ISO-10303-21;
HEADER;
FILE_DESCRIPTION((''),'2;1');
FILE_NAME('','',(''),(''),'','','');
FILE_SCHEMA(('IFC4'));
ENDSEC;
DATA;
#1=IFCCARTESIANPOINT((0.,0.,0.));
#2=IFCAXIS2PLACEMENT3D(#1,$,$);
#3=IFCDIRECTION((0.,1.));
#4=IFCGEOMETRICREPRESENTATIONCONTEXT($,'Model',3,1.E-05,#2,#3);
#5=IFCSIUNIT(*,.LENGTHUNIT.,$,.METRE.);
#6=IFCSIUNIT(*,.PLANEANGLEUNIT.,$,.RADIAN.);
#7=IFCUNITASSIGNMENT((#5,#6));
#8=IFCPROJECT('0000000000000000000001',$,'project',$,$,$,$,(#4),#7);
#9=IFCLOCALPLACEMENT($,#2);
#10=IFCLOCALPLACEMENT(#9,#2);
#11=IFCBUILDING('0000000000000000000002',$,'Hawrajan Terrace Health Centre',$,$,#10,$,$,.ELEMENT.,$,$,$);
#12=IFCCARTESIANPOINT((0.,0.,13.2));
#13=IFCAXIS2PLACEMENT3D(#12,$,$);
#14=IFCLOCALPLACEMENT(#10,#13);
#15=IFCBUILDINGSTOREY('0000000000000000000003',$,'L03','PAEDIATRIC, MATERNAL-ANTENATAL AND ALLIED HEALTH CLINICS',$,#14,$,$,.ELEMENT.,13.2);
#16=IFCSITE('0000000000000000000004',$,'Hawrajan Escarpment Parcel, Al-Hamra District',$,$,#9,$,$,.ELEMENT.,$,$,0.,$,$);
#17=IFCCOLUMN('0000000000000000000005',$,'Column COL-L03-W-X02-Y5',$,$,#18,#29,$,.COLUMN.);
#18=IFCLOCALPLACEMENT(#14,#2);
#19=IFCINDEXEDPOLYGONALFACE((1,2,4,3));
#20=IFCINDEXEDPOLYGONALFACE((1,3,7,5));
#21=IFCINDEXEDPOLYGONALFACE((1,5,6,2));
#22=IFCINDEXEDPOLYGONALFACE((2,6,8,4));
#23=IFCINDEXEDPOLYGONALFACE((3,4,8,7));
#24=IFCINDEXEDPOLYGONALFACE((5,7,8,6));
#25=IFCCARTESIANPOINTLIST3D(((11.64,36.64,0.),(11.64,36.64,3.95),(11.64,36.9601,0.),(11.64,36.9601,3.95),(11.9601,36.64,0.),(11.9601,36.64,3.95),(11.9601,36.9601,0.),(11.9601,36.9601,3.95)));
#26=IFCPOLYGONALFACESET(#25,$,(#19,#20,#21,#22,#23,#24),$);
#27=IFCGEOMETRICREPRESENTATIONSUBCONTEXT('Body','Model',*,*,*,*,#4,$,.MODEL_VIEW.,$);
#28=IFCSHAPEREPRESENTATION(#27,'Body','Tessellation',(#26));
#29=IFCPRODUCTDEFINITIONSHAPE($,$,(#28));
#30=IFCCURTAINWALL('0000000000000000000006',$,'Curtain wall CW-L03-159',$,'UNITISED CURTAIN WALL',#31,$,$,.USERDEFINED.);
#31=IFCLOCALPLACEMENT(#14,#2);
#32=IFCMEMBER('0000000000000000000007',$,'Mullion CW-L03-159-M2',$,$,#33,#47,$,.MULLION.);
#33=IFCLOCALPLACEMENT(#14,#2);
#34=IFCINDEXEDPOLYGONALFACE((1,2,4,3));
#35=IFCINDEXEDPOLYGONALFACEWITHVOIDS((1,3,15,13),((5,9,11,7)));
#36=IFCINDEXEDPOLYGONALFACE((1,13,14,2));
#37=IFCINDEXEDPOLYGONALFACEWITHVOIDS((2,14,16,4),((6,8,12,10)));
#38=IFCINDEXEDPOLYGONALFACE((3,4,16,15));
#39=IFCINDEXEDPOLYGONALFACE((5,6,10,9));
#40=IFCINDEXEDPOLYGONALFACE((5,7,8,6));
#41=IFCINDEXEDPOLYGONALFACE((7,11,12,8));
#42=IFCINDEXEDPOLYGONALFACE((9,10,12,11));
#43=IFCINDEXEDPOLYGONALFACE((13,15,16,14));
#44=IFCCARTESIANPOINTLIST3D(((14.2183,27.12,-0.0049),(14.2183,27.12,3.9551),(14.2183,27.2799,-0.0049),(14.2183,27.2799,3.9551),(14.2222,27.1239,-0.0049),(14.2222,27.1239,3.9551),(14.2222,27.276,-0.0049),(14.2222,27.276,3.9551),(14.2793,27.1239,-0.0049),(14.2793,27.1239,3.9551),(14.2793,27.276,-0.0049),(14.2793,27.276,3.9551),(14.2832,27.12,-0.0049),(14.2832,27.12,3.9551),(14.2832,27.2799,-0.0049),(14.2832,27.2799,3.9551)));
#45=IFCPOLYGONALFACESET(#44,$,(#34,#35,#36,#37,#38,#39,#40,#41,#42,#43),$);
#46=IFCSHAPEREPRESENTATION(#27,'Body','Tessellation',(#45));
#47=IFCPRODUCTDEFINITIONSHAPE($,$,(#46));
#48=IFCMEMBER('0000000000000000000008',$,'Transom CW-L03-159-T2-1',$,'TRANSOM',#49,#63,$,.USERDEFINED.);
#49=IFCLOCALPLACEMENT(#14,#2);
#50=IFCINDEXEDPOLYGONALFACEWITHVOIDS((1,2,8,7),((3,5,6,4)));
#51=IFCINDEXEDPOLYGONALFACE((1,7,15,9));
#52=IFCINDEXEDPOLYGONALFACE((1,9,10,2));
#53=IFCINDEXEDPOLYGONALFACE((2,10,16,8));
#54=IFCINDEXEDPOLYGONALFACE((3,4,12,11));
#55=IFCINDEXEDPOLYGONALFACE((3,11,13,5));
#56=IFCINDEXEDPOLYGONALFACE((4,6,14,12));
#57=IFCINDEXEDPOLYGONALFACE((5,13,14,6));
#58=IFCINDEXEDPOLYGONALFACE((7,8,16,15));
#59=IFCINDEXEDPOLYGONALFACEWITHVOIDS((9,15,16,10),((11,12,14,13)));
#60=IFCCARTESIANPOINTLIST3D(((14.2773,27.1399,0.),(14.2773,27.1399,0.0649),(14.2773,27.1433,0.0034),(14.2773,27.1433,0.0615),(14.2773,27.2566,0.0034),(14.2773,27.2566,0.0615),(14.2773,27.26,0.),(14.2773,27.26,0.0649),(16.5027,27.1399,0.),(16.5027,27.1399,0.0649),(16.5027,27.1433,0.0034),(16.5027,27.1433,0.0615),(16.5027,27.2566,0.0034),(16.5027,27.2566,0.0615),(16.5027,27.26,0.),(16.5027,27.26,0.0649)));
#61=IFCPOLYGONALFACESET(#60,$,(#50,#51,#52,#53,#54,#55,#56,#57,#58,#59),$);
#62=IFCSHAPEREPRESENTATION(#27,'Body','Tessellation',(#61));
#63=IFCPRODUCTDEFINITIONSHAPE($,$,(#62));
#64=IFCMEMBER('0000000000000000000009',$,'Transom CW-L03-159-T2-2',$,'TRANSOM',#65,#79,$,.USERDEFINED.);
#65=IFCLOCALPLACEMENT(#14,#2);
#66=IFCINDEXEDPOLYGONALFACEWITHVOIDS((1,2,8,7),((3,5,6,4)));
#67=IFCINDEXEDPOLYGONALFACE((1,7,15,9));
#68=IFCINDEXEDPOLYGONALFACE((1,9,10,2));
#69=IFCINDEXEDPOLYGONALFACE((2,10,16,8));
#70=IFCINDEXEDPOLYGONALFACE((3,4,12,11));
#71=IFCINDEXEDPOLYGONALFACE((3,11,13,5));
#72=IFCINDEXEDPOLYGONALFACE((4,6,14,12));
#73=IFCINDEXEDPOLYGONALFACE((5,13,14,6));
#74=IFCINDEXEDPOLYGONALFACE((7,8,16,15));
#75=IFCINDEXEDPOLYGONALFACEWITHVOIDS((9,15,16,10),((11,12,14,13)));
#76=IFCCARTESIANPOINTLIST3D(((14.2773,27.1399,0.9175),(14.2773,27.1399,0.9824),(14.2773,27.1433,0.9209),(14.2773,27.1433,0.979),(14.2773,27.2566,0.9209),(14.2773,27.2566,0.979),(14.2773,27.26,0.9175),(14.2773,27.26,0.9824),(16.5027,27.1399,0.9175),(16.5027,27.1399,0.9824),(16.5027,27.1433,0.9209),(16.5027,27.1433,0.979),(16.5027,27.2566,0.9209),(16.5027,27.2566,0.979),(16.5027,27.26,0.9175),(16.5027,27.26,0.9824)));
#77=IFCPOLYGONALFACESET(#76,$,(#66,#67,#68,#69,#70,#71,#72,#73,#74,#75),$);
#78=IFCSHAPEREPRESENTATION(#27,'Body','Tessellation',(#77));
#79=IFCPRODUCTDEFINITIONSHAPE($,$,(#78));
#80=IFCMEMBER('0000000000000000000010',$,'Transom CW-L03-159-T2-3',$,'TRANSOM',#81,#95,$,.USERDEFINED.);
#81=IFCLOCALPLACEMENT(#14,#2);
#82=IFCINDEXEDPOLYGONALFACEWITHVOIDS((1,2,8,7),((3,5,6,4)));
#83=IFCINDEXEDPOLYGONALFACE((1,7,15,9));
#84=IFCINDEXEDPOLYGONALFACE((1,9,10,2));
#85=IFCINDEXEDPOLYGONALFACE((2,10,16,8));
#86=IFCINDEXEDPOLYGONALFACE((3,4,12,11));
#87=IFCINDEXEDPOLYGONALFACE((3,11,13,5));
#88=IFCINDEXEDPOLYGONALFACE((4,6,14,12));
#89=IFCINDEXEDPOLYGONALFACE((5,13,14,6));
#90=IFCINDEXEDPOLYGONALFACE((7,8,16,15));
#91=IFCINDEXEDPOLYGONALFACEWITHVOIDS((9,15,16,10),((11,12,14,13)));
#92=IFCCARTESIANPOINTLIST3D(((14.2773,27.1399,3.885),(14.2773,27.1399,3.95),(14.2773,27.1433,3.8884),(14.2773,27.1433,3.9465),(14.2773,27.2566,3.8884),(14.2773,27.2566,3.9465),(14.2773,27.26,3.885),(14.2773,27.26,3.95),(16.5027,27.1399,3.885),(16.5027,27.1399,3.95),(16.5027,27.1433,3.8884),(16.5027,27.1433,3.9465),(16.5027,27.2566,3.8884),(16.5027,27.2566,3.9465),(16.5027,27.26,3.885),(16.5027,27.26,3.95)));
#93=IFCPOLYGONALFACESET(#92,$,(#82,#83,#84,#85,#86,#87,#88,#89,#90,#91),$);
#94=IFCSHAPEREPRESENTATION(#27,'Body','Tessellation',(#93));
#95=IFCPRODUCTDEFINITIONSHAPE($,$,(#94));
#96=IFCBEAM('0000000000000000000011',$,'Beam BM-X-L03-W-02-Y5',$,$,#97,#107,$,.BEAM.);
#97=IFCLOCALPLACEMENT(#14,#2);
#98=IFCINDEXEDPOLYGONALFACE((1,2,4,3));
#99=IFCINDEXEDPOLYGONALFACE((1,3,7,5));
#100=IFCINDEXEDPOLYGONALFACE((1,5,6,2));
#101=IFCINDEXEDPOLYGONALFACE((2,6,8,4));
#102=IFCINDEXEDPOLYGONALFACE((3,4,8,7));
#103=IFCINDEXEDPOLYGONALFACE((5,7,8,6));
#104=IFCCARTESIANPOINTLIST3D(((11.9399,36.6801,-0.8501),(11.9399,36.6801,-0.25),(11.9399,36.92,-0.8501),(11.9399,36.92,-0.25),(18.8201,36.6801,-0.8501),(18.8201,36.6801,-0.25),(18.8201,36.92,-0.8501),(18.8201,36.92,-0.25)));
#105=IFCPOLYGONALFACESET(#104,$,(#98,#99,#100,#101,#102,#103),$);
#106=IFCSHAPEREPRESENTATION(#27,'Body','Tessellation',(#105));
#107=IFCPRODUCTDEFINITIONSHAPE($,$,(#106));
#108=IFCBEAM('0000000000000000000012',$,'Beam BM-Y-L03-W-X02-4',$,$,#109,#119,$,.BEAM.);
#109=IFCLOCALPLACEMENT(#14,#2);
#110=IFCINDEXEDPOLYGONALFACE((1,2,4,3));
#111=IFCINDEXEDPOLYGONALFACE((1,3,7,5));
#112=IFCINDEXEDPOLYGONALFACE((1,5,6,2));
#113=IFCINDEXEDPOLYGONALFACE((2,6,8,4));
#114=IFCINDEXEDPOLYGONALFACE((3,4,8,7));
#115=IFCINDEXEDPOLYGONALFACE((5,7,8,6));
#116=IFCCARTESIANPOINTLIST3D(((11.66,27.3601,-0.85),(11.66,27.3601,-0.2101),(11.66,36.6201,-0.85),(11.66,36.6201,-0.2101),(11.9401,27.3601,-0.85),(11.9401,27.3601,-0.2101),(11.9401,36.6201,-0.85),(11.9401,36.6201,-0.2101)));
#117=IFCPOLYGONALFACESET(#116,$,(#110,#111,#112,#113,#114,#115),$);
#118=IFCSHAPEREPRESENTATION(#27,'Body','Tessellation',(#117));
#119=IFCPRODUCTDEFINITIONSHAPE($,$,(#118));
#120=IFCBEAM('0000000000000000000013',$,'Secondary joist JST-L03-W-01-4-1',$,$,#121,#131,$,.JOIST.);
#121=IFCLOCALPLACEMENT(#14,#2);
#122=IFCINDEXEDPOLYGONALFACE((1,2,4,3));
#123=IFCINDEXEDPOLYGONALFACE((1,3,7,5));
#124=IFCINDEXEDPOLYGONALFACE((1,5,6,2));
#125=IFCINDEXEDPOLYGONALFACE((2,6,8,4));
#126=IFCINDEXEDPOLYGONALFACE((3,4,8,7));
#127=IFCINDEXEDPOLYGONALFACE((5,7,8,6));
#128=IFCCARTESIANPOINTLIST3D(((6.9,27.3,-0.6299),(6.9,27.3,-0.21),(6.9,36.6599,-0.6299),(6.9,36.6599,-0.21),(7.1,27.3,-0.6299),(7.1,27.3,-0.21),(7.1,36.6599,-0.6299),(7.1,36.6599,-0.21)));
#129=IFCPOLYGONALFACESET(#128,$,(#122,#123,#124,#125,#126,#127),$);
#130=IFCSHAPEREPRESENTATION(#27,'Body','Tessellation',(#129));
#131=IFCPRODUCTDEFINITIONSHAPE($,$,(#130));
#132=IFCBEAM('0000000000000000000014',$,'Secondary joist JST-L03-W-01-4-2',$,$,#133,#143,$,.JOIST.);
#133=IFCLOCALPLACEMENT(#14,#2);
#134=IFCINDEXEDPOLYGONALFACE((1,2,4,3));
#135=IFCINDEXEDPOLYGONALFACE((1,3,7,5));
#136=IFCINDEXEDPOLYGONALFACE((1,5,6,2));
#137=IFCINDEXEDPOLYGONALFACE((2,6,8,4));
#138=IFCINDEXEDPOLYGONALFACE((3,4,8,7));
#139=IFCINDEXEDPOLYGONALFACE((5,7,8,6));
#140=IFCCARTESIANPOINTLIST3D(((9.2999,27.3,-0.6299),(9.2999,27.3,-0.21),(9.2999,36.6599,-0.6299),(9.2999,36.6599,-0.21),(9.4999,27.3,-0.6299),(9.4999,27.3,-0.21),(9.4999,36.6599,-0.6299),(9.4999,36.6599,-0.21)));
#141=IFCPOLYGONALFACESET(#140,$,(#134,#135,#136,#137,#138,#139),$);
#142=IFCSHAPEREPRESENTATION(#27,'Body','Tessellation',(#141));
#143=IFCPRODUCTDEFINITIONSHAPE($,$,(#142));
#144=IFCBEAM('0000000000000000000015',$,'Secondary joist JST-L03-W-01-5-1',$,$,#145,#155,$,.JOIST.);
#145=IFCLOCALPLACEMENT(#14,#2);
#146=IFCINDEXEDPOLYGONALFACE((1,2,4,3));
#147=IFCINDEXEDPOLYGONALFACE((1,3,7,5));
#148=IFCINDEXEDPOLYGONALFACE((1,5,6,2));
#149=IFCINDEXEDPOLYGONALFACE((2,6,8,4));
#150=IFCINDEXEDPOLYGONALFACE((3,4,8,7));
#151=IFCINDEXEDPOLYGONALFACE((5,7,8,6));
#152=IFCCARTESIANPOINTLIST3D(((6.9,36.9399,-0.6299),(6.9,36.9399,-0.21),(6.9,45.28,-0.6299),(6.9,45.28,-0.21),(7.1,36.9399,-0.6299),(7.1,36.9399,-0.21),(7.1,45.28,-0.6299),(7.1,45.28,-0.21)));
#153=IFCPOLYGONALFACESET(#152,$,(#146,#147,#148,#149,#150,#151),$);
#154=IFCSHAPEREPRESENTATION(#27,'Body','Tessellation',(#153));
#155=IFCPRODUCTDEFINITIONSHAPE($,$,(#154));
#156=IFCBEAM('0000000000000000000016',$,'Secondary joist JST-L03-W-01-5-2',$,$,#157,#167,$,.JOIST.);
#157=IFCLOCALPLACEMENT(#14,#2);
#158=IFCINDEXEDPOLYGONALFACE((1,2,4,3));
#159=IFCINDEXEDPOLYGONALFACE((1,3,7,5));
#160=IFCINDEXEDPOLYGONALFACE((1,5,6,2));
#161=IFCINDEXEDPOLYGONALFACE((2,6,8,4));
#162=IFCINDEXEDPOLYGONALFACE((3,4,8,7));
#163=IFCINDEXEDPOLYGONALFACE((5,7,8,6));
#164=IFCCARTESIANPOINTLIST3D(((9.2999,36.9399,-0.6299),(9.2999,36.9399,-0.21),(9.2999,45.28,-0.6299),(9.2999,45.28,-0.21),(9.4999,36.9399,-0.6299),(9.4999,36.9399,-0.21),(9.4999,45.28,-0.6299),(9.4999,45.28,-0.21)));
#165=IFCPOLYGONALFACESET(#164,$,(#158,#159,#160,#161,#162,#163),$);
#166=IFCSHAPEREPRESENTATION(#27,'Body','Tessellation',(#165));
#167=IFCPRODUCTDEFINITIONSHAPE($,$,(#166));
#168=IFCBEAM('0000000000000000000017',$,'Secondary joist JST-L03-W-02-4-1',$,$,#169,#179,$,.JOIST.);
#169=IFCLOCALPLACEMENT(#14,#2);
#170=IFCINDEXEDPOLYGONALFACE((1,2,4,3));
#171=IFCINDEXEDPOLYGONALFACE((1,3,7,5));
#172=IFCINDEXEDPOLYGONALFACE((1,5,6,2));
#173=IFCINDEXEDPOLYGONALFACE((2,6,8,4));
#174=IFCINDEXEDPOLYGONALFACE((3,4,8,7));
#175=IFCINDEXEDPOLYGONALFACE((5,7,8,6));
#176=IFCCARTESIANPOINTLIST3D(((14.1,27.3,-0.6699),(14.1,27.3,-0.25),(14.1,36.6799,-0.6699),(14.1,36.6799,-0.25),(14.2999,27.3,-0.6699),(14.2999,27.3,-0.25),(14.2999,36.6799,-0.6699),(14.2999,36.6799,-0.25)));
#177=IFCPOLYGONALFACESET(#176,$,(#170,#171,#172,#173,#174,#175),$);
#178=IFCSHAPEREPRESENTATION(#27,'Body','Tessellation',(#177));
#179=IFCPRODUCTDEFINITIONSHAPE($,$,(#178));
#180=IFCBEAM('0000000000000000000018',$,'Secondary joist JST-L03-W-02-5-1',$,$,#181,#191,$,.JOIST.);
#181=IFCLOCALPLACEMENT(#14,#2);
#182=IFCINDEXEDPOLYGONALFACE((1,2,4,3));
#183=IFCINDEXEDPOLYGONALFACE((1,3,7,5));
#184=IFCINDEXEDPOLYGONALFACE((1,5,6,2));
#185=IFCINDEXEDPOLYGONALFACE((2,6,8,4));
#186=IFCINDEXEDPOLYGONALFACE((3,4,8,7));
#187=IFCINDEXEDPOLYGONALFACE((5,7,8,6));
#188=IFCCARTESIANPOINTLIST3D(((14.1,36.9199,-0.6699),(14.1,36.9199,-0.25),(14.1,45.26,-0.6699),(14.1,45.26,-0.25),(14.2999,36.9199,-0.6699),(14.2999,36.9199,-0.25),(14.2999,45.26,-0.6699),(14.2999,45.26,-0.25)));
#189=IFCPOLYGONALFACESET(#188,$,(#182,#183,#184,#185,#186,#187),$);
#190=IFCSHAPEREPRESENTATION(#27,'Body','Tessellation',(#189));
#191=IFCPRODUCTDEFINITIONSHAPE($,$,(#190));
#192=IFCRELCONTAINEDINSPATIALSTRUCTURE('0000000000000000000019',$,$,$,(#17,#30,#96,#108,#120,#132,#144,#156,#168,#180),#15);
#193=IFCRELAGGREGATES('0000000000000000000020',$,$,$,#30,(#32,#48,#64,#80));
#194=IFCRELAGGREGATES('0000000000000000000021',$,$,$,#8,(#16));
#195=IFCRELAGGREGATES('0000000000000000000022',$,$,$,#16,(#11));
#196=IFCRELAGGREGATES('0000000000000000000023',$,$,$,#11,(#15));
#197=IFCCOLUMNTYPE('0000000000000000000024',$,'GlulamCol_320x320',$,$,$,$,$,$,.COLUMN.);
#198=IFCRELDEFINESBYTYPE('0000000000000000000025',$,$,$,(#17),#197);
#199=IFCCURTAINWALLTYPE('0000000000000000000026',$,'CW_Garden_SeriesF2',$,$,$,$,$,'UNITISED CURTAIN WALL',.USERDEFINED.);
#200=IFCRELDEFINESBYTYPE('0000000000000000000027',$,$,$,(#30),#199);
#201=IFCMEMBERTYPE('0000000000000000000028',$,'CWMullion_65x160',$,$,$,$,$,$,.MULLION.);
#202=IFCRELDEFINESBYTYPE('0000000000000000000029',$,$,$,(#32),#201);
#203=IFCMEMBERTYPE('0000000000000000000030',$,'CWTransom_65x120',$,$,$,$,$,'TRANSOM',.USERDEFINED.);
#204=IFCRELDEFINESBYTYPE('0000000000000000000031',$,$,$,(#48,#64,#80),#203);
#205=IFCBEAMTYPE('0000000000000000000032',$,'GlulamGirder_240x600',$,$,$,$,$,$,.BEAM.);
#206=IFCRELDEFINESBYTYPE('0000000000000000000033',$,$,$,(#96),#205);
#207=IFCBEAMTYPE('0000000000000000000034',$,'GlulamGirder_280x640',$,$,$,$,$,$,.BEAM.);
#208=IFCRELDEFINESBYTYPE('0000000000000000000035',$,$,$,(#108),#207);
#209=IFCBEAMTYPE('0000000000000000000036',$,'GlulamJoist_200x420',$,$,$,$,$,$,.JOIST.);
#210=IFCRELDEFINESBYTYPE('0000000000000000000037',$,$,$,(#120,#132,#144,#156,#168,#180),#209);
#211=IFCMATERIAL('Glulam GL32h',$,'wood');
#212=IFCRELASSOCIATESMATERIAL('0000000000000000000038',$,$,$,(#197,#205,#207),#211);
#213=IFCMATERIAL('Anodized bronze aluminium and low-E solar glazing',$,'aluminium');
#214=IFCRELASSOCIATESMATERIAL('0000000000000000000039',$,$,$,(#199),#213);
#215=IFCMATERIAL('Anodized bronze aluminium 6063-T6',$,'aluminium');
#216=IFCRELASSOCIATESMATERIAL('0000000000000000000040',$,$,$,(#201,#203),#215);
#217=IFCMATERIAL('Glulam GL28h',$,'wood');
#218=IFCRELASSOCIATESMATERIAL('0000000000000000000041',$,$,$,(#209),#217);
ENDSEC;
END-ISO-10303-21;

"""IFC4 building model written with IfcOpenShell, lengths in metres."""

from ifc_helpers import new_model, si_unit, direction, frame, origin, origin_2d, place, context, subcontext, project, spatial, rectangle, hollow_rectangle, extrude, material, material_profile, profile_set, type_object, element, aggregate, save


model = new_model("IFC4")

# Units and contexts
model_context = context("Model", 3, precision=1e-05, world=origin(), true_north=direction((0.0, 1.0)))
body_context = subcontext(model_context, "Body", "Model", "MODEL_VIEW")
ifc_project = project(units=[si_unit("LENGTHUNIT", "METRE"), si_unit("PLANEANGLEUNIT", "RADIAN")], contexts=[model_context])

# Site, building, storey
site_placement = place(None, origin())
site = spatial("IfcSite", under=ifc_project, at=site_placement, Name="Hawrajan Escarpment Parcel, Al-Hamra District", CompositionType="ELEMENT", RefElevation=0.0)
building_placement = place(site_placement, origin())
building = spatial("IfcBuilding", under=site, at=building_placement, Name="Hawrajan Terrace Health Centre", CompositionType="ELEMENT")
storey_placement = place(building_placement, frame((0.0, 0.0, 13.2)))
storey = spatial("IfcBuildingStorey", under=building, at=storey_placement, Name="L03", Description="PAEDIATRIC, MATERNAL-ANTENATAL AND ALLIED HEALTH CLINICS", CompositionType="ELEMENT", Elevation=13.2)

# Column
ifc_material_1 = material(Name="Glulam GL32h", Category="wood")
ifc_material_profile_1 = material_profile(ifc_material_1, rectangle(XDim=0.3201, YDim=0.3201, at=origin_2d()), Name="GL 320x320")
ifc_profile_set_1 = profile_set([ifc_material_profile_1], Name="Glulam GL32h")
column_type = type_object("IfcColumnType", Name="GlulamCol_320x320", PredefinedType="COLUMN", material=ifc_profile_set_1)
column_placement = place(storey_placement, frame((11.8, 36.8, 0.0), z_axis=(0.0, 0.0, 1.0), x_axis=(1.0, 0.0, 0.0)))
element("IfcColumn", 1, at=column_placement, inside=storey, type_object=column_type, Name="Column COL-L03-W-X02-Y5", PredefinedType="COLUMN", context=body_context, shape_type="SweptSolid", body=[
    extrude(rectangle(XDim=0.3201, YDim=0.3201, at=origin_2d()), origin(), (0.0, 0.0, 1.0), 3.95),
])

# Curtain wall, members
ifc_material_2 = material(Name="Anodized bronze aluminium and low-E solar glazing", Category="aluminium")
curtain_wall_type = type_object("IfcCurtainWallType", Name="CW_Garden_SeriesF2", ElementType="UNITISED CURTAIN WALL", PredefinedType="USERDEFINED", material=ifc_material_2)
curtain_wall_placement = place(storey_placement, origin())
curtain_wall = element("IfcCurtainWall", 2, at=curtain_wall_placement, inside=storey, type_object=curtain_wall_type, Name="Curtain wall CW-L03-159", ObjectType="UNITISED CURTAIN WALL", PredefinedType="USERDEFINED")
ifc_material_3 = material(Name="Anodized bronze aluminium 6063-T6", Category="aluminium")
ifc_material_profile_2 = material_profile(ifc_material_3, hollow_rectangle(XDim=0.0649, YDim=0.1599, WallThickness=0.0039, at=origin_2d()), Name="CW MUL 65x160")
ifc_profile_set_2 = profile_set([ifc_material_profile_2], Name="Anodized bronze aluminium 6063-T6")
member_type_1 = type_object("IfcMemberType", Name="CWMullion_65x160", PredefinedType="MULLION", material=ifc_profile_set_2)
member_1_placement = place(storey_placement, frame((14.2507, 27.2, -0.0049), z_axis=(0.0, 0.0, 1.0), x_axis=(1.0, 0.0, 0.0)))
member_1 = element("IfcMember", 3, at=member_1_placement, type_object=member_type_1, Name="Mullion CW-L03-159-M2", PredefinedType="MULLION", context=body_context, shape_type="SweptSolid", body=[
    extrude(hollow_rectangle(XDim=0.0649, YDim=0.1599, WallThickness=0.0039, at=origin_2d()), origin(), (0.0, 0.0, 1.0), 3.96),
])
ifc_material_profile_3 = material_profile(ifc_material_3, hollow_rectangle(XDim=0.0649, YDim=0.1201, WallThickness=0.0034, at=origin_2d()), Name="CW TRN 65x120")
ifc_profile_set_3 = profile_set([ifc_material_profile_3], Name="Anodized bronze aluminium 6063-T6")
member_type_2 = type_object("IfcMemberType", Name="CWTransom_65x120", ElementType="TRANSOM", PredefinedType="USERDEFINED", material=ifc_profile_set_3)
member_2_placement = place(storey_placement, frame((14.2773, 27.2, 0.0325), z_axis=(1.0, 0.0, 0.0), x_axis=(0.0, 0.0, 1.0)))
member_2 = element("IfcMember", 4, at=member_2_placement, type_object=member_type_2, Name="Transom CW-L03-159-T2-1", ObjectType="TRANSOM", PredefinedType="USERDEFINED", context=body_context, shape_type="SweptSolid", body=[
    extrude(hollow_rectangle(XDim=0.0649, YDim=0.1201, WallThickness=0.0034, at=origin_2d()), origin(), (0.0, 0.0, 1.0), 2.2253),
])
member_3_placement = place(storey_placement, frame((14.2773, 27.2, 0.95), z_axis=(1.0, 0.0, 0.0), x_axis=(0.0, 0.0, 1.0)))
member_3 = element("IfcMember", 5, at=member_3_placement, type_object=member_type_2, Name="Transom CW-L03-159-T2-2", ObjectType="TRANSOM", PredefinedType="USERDEFINED", context=body_context, shape_type="SweptSolid", body=[
    extrude(hollow_rectangle(XDim=0.0649, YDim=0.1201, WallThickness=0.0034, at=origin_2d()), origin(), (0.0, 0.0, 1.0), 2.2253),
])
member_4_placement = place(storey_placement, frame((14.2773, 27.2, 3.9175), z_axis=(1.0, 0.0, 0.0), x_axis=(0.0, 0.0, 1.0)))
member_4 = element("IfcMember", 6, at=member_4_placement, type_object=member_type_2, Name="Transom CW-L03-159-T2-3", ObjectType="TRANSOM", PredefinedType="USERDEFINED", context=body_context, shape_type="SweptSolid", body=[
    extrude(hollow_rectangle(XDim=0.0649, YDim=0.1201, WallThickness=0.0034, at=origin_2d()), origin(), (0.0, 0.0, 1.0), 2.2253),
])

# Beams
ifc_material_profile_4 = material_profile(ifc_material_1, rectangle(XDim=0.24, YDim=0.6001, at=origin_2d()), Name="GL BM 240x600")
ifc_profile_set_4 = profile_set([ifc_material_profile_4], Name="Glulam GL32h")
beam_type_1 = type_object("IfcBeamType", Name="GlulamGirder_240x600", PredefinedType="BEAM", material=ifc_profile_set_4)
beam_1_placement = place(storey_placement, frame((11.9399, 36.8, -0.55), z_axis=(1.0, 0.0, 0.0), x_axis=(0.0, 1.0, 0.0)))
element("IfcBeam", 7, at=beam_1_placement, inside=storey, type_object=beam_type_1, Name="Beam BM-X-L03-W-02-Y5", PredefinedType="BEAM", context=body_context, shape_type="SweptSolid", body=[
    extrude(rectangle(XDim=0.24, YDim=0.6001, at=origin_2d()), origin(), (0.0, 0.0, 1.0), 6.8801),
])
ifc_material_profile_5 = material_profile(ifc_material_1, rectangle(XDim=0.28, YDim=0.6399, at=origin_2d()), Name="GL BM 280x640")
ifc_profile_set_5 = profile_set([ifc_material_profile_5], Name="Glulam GL32h")
beam_type_2 = type_object("IfcBeamType", Name="GlulamGirder_280x640", PredefinedType="BEAM", material=ifc_profile_set_5)
beam_2_placement = place(storey_placement, frame((11.8, 27.3601, -0.53), z_axis=(0.0, 1.0, 0.0), x_axis=(-1.0, 0.0, 0.0)))
element("IfcBeam", 8, at=beam_2_placement, inside=storey, type_object=beam_type_2, Name="Beam BM-Y-L03-W-X02-4", PredefinedType="BEAM", context=body_context, shape_type="SweptSolid", body=[
    extrude(rectangle(XDim=0.28, YDim=0.6399, at=origin_2d()), origin(), (0.0, 0.0, 1.0), 9.26),
])
ifc_material_4 = material(Name="Glulam GL28h", Category="wood")
ifc_material_profile_6 = material_profile(ifc_material_4, rectangle(XDim=0.2, YDim=0.4199, at=origin_2d()), Name="GL JST 200x420")
ifc_profile_set_6 = profile_set([ifc_material_profile_6], Name="Glulam GL28h")
beam_type_3 = type_object("IfcBeamType", Name="GlulamJoist_200x420", PredefinedType="JOIST", material=ifc_profile_set_6)
for number, where, z_axis, x_axis, name in (
    (9, (7.0, 27.3, -0.4199), (0.0, 1.0, 0.0), (-1.0, 0.0, 0.0), "Secondary joist JST-L03-W-01-4-1"),
    (10, (9.3999, 27.3, -0.4199), (0.0, 1.0, 0.0), (-1.0, 0.0, 0.0), "Secondary joist JST-L03-W-01-4-2"),
):
    element("IfcBeam", number, at=place(storey_placement, frame(where, z_axis=z_axis, x_axis=x_axis)), inside=storey, type_object=beam_type_3, Name=name, PredefinedType="JOIST", context=body_context, shape_type="SweptSolid", body=[
        extrude(rectangle(XDim=0.2, YDim=0.4199, at=origin_2d()), origin(), (0.0, 0.0, 1.0), 9.3599),
    ])
for number, where, z_axis, x_axis, name in (
    (11, (7.0, 36.9399, -0.4199), (0.0, 1.0, 0.0), (-1.0, 0.0, 0.0), "Secondary joist JST-L03-W-01-5-1"),
    (12, (9.3999, 36.9399, -0.4199), (0.0, 1.0, 0.0), (-1.0, 0.0, 0.0), "Secondary joist JST-L03-W-01-5-2"),
):
    element("IfcBeam", number, at=place(storey_placement, frame(where, z_axis=z_axis, x_axis=x_axis)), inside=storey, type_object=beam_type_3, Name=name, PredefinedType="JOIST", context=body_context, shape_type="SweptSolid", body=[
        extrude(rectangle(XDim=0.2, YDim=0.4199, at=origin_2d()), origin(), (0.0, 0.0, 1.0), 8.3401),
    ])
beam_3_placement = place(storey_placement, frame((14.2, 27.3, -0.46), z_axis=(0.0, 1.0, 0.0), x_axis=(-1.0, 0.0, 0.0)))
element("IfcBeam", 13, at=beam_3_placement, inside=storey, type_object=beam_type_3, Name="Secondary joist JST-L03-W-02-4-1", PredefinedType="JOIST", context=body_context, shape_type="SweptSolid", body=[
    extrude(rectangle(XDim=0.2, YDim=0.4199, at=origin_2d()), origin(), (0.0, 0.0, 1.0), 9.3799),
])
beam_4_placement = place(storey_placement, frame((14.2, 36.9199, -0.46), z_axis=(0.0, 1.0, 0.0), x_axis=(-1.0, 0.0, 0.0)))
element("IfcBeam", 14, at=beam_4_placement, inside=storey, type_object=beam_type_3, Name="Secondary joist JST-L03-W-02-5-1", PredefinedType="JOIST", context=body_context, shape_type="SweptSolid", body=[
    extrude(rectangle(XDim=0.2, YDim=0.4199, at=origin_2d()), origin(), (0.0, 0.0, 1.0), 8.3401),
])

aggregate(curtain_wall, [member_1, member_2, member_3, member_4])

save(model, "model.ifc")
